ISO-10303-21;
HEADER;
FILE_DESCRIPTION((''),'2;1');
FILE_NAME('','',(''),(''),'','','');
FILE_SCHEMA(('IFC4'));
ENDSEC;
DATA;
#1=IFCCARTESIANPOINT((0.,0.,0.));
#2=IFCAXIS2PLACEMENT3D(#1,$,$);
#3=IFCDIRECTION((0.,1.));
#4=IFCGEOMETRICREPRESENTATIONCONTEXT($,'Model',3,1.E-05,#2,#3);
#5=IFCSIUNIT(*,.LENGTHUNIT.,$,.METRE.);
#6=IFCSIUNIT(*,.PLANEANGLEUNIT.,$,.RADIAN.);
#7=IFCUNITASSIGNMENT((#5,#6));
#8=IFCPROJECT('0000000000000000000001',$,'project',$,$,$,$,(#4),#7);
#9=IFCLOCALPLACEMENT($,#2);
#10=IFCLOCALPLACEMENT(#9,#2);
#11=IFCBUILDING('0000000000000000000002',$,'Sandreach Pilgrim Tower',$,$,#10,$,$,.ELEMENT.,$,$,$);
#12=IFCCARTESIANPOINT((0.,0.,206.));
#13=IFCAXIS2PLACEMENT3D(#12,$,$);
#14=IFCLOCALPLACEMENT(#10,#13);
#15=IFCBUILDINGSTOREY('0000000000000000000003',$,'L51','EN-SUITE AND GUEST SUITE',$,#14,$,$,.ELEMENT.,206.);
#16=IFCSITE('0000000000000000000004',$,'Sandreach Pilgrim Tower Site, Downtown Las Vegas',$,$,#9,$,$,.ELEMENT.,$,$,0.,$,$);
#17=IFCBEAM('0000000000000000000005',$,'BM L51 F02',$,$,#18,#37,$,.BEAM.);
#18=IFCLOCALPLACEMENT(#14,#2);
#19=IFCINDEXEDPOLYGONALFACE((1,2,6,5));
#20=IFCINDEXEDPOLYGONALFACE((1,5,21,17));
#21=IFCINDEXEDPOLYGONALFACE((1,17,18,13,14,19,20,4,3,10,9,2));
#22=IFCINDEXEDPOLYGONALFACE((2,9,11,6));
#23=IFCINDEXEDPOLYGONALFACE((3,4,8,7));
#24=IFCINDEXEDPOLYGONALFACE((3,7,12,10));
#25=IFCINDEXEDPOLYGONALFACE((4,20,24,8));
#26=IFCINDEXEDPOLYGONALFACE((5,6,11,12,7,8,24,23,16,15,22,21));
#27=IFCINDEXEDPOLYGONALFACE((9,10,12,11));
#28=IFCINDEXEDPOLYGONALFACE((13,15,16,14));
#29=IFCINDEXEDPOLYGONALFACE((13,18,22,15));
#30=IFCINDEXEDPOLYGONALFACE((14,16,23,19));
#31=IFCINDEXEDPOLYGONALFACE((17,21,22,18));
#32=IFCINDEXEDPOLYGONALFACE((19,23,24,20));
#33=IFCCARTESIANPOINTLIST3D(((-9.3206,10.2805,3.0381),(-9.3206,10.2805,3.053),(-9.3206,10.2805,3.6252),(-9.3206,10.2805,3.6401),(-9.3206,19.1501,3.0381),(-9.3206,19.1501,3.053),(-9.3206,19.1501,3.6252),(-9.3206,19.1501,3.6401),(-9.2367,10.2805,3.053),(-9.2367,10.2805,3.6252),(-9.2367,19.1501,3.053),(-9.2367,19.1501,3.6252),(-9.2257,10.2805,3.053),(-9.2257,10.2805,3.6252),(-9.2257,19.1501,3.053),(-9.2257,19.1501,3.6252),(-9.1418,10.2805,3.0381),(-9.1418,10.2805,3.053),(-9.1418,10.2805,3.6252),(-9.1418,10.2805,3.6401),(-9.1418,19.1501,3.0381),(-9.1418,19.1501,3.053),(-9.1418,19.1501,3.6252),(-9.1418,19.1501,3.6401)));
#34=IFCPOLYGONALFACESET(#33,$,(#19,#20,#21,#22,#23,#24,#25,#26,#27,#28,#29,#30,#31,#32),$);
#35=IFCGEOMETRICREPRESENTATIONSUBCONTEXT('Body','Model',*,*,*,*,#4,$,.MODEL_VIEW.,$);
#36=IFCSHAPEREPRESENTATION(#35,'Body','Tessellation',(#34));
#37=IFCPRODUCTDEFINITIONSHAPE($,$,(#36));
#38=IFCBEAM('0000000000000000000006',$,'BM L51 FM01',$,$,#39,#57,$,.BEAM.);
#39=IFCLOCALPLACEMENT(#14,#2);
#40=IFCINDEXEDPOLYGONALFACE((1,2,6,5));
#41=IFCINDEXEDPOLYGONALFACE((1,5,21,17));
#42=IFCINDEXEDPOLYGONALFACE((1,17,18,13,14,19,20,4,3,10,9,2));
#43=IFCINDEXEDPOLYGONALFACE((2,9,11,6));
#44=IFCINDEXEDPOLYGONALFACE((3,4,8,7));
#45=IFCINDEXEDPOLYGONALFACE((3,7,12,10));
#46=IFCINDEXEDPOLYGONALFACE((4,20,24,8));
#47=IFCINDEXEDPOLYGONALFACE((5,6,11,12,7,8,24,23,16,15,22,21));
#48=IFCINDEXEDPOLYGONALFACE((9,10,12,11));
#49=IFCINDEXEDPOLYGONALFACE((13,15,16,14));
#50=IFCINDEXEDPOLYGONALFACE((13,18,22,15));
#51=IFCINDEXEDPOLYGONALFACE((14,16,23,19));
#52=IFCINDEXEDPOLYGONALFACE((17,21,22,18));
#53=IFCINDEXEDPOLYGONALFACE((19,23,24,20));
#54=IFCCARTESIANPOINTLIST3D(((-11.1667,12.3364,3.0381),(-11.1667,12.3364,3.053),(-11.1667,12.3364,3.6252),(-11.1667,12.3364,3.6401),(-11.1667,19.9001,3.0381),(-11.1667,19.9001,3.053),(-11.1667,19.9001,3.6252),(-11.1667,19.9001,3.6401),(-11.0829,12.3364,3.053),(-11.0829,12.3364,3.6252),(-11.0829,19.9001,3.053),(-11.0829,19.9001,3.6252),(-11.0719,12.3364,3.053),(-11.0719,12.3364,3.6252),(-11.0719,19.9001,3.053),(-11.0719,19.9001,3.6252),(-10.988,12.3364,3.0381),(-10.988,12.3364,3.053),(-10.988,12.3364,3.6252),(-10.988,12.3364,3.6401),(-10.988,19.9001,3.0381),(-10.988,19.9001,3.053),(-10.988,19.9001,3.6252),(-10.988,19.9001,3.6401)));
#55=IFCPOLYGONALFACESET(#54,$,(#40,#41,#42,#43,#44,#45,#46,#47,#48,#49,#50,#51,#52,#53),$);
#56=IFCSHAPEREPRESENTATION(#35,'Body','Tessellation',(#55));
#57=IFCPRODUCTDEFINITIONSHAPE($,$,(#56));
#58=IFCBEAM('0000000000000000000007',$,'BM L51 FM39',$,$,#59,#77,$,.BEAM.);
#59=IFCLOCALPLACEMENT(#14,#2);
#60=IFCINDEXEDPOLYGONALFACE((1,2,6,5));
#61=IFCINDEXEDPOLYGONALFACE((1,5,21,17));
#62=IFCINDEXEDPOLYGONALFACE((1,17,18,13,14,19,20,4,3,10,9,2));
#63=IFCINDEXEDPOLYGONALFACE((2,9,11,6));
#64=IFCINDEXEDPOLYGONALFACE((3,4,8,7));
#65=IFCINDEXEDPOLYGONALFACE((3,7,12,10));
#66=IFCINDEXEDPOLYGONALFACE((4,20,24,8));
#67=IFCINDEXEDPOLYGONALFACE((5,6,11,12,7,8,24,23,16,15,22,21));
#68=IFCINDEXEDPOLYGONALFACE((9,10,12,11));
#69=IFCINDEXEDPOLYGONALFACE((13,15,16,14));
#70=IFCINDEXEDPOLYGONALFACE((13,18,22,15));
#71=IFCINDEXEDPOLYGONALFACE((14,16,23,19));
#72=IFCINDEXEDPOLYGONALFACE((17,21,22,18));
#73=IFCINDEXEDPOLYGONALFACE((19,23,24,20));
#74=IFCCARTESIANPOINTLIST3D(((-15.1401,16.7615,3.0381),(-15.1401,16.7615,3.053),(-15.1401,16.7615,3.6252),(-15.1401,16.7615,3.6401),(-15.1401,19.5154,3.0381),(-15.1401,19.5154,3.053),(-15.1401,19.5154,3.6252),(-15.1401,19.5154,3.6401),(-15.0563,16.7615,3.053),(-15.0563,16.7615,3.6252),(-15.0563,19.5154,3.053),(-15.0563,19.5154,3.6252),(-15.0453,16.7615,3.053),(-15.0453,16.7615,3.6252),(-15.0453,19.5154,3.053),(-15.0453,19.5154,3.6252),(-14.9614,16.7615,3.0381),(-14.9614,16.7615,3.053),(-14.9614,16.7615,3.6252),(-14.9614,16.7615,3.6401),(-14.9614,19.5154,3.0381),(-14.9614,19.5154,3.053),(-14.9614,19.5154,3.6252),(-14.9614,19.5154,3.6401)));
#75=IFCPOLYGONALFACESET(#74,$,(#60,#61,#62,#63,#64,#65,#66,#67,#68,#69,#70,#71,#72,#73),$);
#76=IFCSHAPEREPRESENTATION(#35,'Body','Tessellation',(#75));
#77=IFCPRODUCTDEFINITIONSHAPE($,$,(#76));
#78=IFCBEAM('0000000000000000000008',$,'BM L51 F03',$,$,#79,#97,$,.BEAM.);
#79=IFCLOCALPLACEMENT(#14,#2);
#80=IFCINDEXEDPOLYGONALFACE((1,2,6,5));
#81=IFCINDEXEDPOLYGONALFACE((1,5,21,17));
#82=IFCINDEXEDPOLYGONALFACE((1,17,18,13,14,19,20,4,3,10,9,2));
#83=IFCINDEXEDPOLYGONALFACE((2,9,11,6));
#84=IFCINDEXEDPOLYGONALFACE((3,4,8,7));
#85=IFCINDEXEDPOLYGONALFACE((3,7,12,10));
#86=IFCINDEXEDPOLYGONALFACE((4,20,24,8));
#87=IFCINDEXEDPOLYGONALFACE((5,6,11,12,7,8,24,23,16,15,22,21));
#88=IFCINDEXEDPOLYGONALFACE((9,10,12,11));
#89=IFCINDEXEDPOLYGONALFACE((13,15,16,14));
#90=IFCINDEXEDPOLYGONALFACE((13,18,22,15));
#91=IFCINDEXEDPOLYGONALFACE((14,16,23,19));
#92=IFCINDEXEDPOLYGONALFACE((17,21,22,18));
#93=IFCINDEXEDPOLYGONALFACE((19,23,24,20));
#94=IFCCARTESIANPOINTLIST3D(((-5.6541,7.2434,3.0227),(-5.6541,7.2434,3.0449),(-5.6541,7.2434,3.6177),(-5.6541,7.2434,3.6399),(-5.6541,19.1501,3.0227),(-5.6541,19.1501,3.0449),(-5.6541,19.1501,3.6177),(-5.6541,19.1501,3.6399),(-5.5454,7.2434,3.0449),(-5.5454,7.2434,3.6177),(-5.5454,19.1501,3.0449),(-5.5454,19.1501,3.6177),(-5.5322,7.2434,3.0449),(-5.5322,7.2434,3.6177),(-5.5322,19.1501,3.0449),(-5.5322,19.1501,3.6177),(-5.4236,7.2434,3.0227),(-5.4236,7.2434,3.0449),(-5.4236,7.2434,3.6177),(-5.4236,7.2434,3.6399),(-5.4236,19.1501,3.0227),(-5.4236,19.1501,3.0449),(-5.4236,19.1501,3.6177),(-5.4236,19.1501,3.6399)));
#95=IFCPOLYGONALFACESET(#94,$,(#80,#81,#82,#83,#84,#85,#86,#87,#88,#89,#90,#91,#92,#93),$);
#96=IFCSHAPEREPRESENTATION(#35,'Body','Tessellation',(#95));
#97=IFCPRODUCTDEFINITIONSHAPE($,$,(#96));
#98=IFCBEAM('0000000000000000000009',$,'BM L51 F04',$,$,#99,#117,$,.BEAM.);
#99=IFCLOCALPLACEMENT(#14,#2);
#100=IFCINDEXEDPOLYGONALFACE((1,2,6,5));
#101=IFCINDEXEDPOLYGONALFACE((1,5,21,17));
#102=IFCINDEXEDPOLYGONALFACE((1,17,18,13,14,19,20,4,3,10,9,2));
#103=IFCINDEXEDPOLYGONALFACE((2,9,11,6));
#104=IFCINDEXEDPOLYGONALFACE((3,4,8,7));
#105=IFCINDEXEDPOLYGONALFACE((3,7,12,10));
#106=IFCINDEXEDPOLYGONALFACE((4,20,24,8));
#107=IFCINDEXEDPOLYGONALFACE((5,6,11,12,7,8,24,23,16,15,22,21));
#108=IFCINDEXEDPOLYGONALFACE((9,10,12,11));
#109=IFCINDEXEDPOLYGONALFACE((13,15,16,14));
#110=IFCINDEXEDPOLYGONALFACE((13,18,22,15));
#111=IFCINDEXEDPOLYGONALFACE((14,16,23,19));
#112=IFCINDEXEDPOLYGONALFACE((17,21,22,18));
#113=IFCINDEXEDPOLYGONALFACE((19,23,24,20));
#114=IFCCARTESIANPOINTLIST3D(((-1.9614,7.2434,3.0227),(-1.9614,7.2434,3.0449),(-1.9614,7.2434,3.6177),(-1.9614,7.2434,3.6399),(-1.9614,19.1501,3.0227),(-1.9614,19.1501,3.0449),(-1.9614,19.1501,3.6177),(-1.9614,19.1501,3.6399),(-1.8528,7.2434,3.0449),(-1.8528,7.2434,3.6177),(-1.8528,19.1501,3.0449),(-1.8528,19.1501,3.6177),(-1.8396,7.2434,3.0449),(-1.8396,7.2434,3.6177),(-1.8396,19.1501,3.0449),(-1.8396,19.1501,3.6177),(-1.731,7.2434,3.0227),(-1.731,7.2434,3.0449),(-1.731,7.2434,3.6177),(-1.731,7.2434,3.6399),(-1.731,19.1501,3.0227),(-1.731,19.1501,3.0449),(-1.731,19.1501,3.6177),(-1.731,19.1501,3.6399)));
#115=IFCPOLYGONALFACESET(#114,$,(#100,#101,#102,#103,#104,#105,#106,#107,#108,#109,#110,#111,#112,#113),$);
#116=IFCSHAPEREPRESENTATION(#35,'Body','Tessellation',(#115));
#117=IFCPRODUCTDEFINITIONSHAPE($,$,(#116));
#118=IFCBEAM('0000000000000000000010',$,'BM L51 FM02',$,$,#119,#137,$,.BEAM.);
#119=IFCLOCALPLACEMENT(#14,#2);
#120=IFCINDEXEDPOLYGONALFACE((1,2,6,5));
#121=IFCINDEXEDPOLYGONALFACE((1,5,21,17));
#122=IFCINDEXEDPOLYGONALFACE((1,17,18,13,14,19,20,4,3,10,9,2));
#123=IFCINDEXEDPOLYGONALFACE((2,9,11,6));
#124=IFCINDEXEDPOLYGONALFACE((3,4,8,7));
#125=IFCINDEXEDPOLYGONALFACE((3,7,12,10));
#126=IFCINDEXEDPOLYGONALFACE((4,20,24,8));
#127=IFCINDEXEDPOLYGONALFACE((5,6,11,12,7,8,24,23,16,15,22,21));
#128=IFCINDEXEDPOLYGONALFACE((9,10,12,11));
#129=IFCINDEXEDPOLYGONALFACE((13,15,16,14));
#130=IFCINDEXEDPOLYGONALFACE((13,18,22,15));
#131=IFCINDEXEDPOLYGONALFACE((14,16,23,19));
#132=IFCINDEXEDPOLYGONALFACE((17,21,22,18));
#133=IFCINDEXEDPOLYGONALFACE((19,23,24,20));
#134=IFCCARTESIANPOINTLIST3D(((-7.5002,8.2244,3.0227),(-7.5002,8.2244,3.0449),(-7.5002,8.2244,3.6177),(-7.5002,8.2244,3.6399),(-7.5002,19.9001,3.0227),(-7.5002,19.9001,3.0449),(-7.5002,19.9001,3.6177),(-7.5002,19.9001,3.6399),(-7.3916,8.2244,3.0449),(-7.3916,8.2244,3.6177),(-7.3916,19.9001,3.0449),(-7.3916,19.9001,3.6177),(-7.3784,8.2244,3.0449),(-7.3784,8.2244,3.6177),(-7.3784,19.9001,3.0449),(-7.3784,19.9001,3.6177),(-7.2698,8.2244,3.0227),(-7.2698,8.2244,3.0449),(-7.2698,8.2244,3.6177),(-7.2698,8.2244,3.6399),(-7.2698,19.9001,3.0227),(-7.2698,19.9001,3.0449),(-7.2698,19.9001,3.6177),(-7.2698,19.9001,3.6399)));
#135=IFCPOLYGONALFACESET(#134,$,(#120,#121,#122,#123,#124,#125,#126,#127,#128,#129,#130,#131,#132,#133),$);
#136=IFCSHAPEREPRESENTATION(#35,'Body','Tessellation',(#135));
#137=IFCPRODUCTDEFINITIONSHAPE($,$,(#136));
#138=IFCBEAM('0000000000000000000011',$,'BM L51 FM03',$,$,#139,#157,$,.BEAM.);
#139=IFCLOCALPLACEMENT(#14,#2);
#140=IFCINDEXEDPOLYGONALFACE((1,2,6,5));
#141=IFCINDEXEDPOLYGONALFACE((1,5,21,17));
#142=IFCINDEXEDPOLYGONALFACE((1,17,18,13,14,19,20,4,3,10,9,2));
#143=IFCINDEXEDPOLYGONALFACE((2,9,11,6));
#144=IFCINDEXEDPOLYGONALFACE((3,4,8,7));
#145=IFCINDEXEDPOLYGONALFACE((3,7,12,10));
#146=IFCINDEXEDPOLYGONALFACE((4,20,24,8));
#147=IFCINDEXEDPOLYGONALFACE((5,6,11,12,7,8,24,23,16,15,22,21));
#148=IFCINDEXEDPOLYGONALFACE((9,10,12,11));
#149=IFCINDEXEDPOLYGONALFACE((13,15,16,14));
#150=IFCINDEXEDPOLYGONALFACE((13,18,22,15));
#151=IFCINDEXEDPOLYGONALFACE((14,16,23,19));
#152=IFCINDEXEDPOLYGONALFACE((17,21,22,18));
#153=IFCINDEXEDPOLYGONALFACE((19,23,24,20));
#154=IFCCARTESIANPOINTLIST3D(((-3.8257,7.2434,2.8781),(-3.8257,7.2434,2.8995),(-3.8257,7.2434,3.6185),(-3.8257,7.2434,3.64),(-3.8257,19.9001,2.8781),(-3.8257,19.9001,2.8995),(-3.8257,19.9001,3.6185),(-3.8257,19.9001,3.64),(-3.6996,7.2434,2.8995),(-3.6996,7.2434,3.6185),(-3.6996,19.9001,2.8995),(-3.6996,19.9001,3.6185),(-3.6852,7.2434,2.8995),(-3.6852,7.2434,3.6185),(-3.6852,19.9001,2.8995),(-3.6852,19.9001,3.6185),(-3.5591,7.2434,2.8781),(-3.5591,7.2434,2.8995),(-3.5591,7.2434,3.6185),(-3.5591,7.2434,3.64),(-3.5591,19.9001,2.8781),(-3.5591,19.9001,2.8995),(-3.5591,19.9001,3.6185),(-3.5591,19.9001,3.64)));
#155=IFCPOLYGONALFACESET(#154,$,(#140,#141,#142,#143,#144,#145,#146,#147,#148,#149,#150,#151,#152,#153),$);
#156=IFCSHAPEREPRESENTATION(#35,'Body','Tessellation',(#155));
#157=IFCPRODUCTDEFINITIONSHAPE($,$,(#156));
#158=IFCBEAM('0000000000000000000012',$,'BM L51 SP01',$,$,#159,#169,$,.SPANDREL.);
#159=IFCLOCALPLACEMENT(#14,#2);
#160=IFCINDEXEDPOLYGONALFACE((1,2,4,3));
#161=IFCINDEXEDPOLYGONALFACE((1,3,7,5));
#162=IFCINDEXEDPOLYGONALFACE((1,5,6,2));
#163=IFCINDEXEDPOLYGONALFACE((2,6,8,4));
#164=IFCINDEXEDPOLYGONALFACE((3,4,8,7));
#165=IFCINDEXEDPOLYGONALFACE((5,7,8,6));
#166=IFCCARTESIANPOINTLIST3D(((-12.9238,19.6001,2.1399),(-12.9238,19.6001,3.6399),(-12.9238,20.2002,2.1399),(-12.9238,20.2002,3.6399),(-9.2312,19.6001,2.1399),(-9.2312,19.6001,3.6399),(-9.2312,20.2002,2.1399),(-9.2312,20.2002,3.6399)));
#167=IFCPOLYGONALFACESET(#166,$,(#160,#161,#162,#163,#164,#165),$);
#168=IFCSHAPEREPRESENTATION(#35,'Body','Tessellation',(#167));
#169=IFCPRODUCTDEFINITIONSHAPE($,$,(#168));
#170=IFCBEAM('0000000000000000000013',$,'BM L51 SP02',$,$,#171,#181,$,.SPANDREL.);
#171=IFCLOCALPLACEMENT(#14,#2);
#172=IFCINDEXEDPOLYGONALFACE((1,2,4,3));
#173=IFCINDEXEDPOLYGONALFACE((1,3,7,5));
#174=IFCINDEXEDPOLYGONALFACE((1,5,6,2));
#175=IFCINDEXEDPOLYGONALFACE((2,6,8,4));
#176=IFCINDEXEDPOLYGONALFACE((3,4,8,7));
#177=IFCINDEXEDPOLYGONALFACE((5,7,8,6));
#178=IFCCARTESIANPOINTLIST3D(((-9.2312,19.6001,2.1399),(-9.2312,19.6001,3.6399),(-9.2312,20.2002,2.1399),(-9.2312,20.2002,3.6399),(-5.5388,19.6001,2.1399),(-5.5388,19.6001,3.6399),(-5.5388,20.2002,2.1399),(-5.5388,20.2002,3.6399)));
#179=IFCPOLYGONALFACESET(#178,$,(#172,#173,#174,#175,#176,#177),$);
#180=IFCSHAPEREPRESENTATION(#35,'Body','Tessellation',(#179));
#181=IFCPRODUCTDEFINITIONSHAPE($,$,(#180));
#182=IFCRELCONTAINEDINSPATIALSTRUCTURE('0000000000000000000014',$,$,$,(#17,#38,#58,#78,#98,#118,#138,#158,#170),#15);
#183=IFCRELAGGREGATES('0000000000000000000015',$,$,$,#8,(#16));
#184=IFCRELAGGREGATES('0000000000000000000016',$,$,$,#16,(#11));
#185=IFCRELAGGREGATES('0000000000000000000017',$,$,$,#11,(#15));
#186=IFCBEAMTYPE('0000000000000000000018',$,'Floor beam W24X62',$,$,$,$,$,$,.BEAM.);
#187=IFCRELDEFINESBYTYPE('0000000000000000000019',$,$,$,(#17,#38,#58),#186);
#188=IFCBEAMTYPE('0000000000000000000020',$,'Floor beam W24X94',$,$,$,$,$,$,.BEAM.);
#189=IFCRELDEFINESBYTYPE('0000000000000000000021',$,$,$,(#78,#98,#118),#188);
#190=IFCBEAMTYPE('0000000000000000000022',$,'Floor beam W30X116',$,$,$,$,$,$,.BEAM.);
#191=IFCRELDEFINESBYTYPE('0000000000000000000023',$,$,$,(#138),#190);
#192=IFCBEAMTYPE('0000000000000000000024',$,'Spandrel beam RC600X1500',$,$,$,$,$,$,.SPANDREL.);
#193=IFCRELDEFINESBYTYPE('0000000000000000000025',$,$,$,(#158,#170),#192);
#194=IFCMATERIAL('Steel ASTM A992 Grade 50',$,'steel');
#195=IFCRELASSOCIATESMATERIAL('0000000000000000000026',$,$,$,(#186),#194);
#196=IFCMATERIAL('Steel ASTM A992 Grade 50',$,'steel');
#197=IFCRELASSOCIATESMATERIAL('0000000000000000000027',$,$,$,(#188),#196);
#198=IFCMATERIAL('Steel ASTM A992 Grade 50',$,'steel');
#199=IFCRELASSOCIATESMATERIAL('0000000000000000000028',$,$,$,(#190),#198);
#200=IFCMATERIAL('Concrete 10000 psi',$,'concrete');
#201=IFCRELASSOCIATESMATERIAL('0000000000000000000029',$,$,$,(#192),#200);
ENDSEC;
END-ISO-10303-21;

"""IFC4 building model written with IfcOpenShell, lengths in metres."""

from ifc_helpers import new_model, si_unit, direction, frame, origin, origin_2d, place, context, subcontext, project, spatial, rectangle, i_section, extrude, material, material_profile, profile_set, type_object, element, save


model = new_model("IFC4")

# Units and contexts
model_context = context("Model", 3, precision=1e-05, world=origin(), true_north=direction((0.0, 1.0)))
body_context = subcontext(model_context, "Body", "Model", "MODEL_VIEW")
ifc_project = project(units=[si_unit("LENGTHUNIT", "METRE"), si_unit("PLANEANGLEUNIT", "RADIAN")], contexts=[model_context])

# Site, building, storey
site_placement = place(None, origin())
site = spatial("IfcSite", under=ifc_project, at=site_placement, Name="Sandreach Pilgrim Tower Site, Downtown Las Vegas", CompositionType="ELEMENT", RefElevation=0.0)
building_placement = place(site_placement, origin())
building = spatial("IfcBuilding", under=site, at=building_placement, Name="Sandreach Pilgrim Tower", CompositionType="ELEMENT")
storey_placement = place(building_placement, frame((0.0, 0.0, 206.0)))
storey = spatial("IfcBuildingStorey", under=building, at=storey_placement, Name="L51", Description="EN-SUITE AND GUEST SUITE", CompositionType="ELEMENT", Elevation=206.0)

# Beams
ifc_material_1 = material(Name="Steel ASTM A992 Grade 50", Category="steel")
ifc_material_profile_1 = material_profile(ifc_material_1, i_section(OverallWidth=0.1787, OverallDepth=0.6021, WebThickness=0.011, FlangeThickness=0.0149, at=origin_2d()), Name="W24X62")
ifc_profile_set_1 = profile_set([ifc_material_profile_1], Name="Steel ASTM A992 Grade 50")
beam_type_1 = type_object("IfcBeamType", Name="Floor beam W24X62", PredefinedType="BEAM", material=ifc_profile_set_1)
beam_1_placement = place(storey_placement, frame((-9.2312, 19.1501, 3.3391), z_axis=(0.0, -1.0, 0.0), x_axis=(1.0, 0.0, 0.0)))
element("IfcBeam", 1, at=beam_1_placement, inside=storey, type_object=beam_type_1, Name="BM L51 F02", PredefinedType="BEAM", context=body_context, shape_type="SweptSolid", body=[
    extrude(i_section(OverallWidth=0.1787, OverallDepth=0.6021, WebThickness=0.011, FlangeThickness=0.0149, at=origin_2d()), origin(), (0.0, 0.0, 1.0), 8.8696),
])
beam_2_placement = place(storey_placement, frame((-11.0774, 19.9001, 3.3391), z_axis=(0.0, -1.0, 0.0), x_axis=(1.0, 0.0, 0.0)))
element("IfcBeam", 2, at=beam_2_placement, inside=storey, type_object=beam_type_1, Name="BM L51 FM01", PredefinedType="BEAM", context=body_context, shape_type="SweptSolid", body=[
    extrude(i_section(OverallWidth=0.1787, OverallDepth=0.6021, WebThickness=0.011, FlangeThickness=0.0149, at=origin_2d()), origin(), (0.0, 0.0, 1.0), 7.5637),
])
beam_3_placement = place(storey_placement, frame((-15.0508, 19.5154, 3.3391), z_axis=(0.0, -1.0, 0.0), x_axis=(1.0, 0.0, 0.0)))
element("IfcBeam", 3, at=beam_3_placement, inside=storey, type_object=beam_type_1, Name="BM L51 FM39", PredefinedType="BEAM", context=body_context, shape_type="SweptSolid", body=[
    extrude(i_section(OverallWidth=0.1787, OverallDepth=0.6021, WebThickness=0.011, FlangeThickness=0.0149, at=origin_2d()), origin(), (0.0, 0.0, 1.0), 2.7539),
])
ifc_material_2 = material(Name="Steel ASTM A992 Grade 50", Category="steel")
ifc_material_profile_2 = material_profile(ifc_material_2, i_section(OverallWidth=0.2305, OverallDepth=0.6172, WebThickness=0.0132, FlangeThickness=0.0222, at=origin_2d()), Name="W24X94")
ifc_profile_set_2 = profile_set([ifc_material_profile_2], Name="Steel ASTM A992 Grade 50")
beam_type_2 = type_object("IfcBeamType", Name="Floor beam W24X94", PredefinedType="BEAM", material=ifc_profile_set_2)
for number, where, z_axis, x_axis, name in (
    (4, (-5.5388, 19.1501, 3.3313), (0.0, -1.0, 0.0), (1.0, 0.0, 0.0), "BM L51 F03"),
    (5, (-1.8462, 19.1501, 3.3313), (0.0, -1.0, 0.0), (1.0, 0.0, 0.0), "BM L51 F04"),
):
    element("IfcBeam", number, at=place(storey_placement, frame(where, z_axis=z_axis, x_axis=x_axis)), inside=storey, type_object=beam_type_2, Name=name, PredefinedType="BEAM", context=body_context, shape_type="SweptSolid", body=[
        extrude(i_section(OverallWidth=0.2305, OverallDepth=0.6172, WebThickness=0.0132, FlangeThickness=0.0222, at=origin_2d()), origin(), (0.0, 0.0, 1.0), 11.9067),
    ])
beam_4_placement = place(storey_placement, frame((-7.385, 19.9001, 3.3313), z_axis=(0.0, -1.0, 0.0), x_axis=(1.0, 0.0, 0.0)))
element("IfcBeam", 6, at=beam_4_placement, inside=storey, type_object=beam_type_2, Name="BM L51 FM02", PredefinedType="BEAM", context=body_context, shape_type="SweptSolid", body=[
    extrude(i_section(OverallWidth=0.2305, OverallDepth=0.6172, WebThickness=0.0132, FlangeThickness=0.0222, at=origin_2d()), origin(), (0.0, 0.0, 1.0), 11.6758),
])
ifc_material_3 = material(Name="Steel ASTM A992 Grade 50", Category="steel")
ifc_material_profile_3 = material_profile(ifc_material_3, i_section(OverallWidth=0.2666, OverallDepth=0.762, WebThickness=0.0144, FlangeThickness=0.0215, at=origin_2d()), Name="W30X116")
ifc_profile_set_3 = profile_set([ifc_material_profile_3], Name="Steel ASTM A992 Grade 50")
beam_type_3 = type_object("IfcBeamType", Name="Floor beam W30X116", PredefinedType="BEAM", material=ifc_profile_set_3)
beam_5_placement = place(storey_placement, frame((-3.6924, 19.9001, 3.259), z_axis=(0.0, -1.0, 0.0), x_axis=(1.0, 0.0, 0.0)))
element("IfcBeam", 7, at=beam_5_placement, inside=storey, type_object=beam_type_3, Name="BM L51 FM03", PredefinedType="BEAM", context=body_context, shape_type="SweptSolid", body=[
    extrude(i_section(OverallWidth=0.2666, OverallDepth=0.762, WebThickness=0.0144, FlangeThickness=0.0215, at=origin_2d()), origin(), (0.0, 0.0, 1.0), 12.6567),
])
ifc_material_4 = material(Name="Concrete 10000 psi", Category="concrete")
ifc_material_profile_4 = material_profile(ifc_material_4, rectangle(XDim=0.6001, YDim=1.5, at=origin_2d()), Name="RC600X1500")
ifc_profile_set_4 = profile_set([ifc_material_profile_4], Name="Concrete 10000 psi")
beam_type_4 = type_object("IfcBeamType", Name="Spandrel beam RC600X1500", PredefinedType="SPANDREL", material=ifc_profile_set_4)
beam_6_placement = place(storey_placement, frame((-12.9238, 19.9001, 2.8899), z_axis=(1.0, 0.0, 0.0), x_axis=(0.0, 1.0, 0.0)))
element("IfcBeam", 8, at=beam_6_placement, inside=storey, type_object=beam_type_4, Name="BM L51 SP01", PredefinedType="SPANDREL", context=body_context, shape_type="SweptSolid", body=[
    extrude(rectangle(XDim=0.6001, YDim=1.5, at=origin_2d()), origin(), (0.0, 0.0, 1.0), 3.6926),
])
beam_7_placement = place(storey_placement, frame((-9.2312, 19.9001, 2.8899), z_axis=(1.0, 0.0, 0.0), x_axis=(0.0, 1.0, 0.0)))
element("IfcBeam", 9, at=beam_7_placement, inside=storey, type_object=beam_type_4, Name="BM L51 SP02", PredefinedType="SPANDREL", context=body_context, shape_type="SweptSolid", body=[
    extrude(rectangle(XDim=0.6001, YDim=1.5, at=origin_2d()), origin(), (0.0, 0.0, 1.0), 3.6924),
])

save(model, "model.ifc")
